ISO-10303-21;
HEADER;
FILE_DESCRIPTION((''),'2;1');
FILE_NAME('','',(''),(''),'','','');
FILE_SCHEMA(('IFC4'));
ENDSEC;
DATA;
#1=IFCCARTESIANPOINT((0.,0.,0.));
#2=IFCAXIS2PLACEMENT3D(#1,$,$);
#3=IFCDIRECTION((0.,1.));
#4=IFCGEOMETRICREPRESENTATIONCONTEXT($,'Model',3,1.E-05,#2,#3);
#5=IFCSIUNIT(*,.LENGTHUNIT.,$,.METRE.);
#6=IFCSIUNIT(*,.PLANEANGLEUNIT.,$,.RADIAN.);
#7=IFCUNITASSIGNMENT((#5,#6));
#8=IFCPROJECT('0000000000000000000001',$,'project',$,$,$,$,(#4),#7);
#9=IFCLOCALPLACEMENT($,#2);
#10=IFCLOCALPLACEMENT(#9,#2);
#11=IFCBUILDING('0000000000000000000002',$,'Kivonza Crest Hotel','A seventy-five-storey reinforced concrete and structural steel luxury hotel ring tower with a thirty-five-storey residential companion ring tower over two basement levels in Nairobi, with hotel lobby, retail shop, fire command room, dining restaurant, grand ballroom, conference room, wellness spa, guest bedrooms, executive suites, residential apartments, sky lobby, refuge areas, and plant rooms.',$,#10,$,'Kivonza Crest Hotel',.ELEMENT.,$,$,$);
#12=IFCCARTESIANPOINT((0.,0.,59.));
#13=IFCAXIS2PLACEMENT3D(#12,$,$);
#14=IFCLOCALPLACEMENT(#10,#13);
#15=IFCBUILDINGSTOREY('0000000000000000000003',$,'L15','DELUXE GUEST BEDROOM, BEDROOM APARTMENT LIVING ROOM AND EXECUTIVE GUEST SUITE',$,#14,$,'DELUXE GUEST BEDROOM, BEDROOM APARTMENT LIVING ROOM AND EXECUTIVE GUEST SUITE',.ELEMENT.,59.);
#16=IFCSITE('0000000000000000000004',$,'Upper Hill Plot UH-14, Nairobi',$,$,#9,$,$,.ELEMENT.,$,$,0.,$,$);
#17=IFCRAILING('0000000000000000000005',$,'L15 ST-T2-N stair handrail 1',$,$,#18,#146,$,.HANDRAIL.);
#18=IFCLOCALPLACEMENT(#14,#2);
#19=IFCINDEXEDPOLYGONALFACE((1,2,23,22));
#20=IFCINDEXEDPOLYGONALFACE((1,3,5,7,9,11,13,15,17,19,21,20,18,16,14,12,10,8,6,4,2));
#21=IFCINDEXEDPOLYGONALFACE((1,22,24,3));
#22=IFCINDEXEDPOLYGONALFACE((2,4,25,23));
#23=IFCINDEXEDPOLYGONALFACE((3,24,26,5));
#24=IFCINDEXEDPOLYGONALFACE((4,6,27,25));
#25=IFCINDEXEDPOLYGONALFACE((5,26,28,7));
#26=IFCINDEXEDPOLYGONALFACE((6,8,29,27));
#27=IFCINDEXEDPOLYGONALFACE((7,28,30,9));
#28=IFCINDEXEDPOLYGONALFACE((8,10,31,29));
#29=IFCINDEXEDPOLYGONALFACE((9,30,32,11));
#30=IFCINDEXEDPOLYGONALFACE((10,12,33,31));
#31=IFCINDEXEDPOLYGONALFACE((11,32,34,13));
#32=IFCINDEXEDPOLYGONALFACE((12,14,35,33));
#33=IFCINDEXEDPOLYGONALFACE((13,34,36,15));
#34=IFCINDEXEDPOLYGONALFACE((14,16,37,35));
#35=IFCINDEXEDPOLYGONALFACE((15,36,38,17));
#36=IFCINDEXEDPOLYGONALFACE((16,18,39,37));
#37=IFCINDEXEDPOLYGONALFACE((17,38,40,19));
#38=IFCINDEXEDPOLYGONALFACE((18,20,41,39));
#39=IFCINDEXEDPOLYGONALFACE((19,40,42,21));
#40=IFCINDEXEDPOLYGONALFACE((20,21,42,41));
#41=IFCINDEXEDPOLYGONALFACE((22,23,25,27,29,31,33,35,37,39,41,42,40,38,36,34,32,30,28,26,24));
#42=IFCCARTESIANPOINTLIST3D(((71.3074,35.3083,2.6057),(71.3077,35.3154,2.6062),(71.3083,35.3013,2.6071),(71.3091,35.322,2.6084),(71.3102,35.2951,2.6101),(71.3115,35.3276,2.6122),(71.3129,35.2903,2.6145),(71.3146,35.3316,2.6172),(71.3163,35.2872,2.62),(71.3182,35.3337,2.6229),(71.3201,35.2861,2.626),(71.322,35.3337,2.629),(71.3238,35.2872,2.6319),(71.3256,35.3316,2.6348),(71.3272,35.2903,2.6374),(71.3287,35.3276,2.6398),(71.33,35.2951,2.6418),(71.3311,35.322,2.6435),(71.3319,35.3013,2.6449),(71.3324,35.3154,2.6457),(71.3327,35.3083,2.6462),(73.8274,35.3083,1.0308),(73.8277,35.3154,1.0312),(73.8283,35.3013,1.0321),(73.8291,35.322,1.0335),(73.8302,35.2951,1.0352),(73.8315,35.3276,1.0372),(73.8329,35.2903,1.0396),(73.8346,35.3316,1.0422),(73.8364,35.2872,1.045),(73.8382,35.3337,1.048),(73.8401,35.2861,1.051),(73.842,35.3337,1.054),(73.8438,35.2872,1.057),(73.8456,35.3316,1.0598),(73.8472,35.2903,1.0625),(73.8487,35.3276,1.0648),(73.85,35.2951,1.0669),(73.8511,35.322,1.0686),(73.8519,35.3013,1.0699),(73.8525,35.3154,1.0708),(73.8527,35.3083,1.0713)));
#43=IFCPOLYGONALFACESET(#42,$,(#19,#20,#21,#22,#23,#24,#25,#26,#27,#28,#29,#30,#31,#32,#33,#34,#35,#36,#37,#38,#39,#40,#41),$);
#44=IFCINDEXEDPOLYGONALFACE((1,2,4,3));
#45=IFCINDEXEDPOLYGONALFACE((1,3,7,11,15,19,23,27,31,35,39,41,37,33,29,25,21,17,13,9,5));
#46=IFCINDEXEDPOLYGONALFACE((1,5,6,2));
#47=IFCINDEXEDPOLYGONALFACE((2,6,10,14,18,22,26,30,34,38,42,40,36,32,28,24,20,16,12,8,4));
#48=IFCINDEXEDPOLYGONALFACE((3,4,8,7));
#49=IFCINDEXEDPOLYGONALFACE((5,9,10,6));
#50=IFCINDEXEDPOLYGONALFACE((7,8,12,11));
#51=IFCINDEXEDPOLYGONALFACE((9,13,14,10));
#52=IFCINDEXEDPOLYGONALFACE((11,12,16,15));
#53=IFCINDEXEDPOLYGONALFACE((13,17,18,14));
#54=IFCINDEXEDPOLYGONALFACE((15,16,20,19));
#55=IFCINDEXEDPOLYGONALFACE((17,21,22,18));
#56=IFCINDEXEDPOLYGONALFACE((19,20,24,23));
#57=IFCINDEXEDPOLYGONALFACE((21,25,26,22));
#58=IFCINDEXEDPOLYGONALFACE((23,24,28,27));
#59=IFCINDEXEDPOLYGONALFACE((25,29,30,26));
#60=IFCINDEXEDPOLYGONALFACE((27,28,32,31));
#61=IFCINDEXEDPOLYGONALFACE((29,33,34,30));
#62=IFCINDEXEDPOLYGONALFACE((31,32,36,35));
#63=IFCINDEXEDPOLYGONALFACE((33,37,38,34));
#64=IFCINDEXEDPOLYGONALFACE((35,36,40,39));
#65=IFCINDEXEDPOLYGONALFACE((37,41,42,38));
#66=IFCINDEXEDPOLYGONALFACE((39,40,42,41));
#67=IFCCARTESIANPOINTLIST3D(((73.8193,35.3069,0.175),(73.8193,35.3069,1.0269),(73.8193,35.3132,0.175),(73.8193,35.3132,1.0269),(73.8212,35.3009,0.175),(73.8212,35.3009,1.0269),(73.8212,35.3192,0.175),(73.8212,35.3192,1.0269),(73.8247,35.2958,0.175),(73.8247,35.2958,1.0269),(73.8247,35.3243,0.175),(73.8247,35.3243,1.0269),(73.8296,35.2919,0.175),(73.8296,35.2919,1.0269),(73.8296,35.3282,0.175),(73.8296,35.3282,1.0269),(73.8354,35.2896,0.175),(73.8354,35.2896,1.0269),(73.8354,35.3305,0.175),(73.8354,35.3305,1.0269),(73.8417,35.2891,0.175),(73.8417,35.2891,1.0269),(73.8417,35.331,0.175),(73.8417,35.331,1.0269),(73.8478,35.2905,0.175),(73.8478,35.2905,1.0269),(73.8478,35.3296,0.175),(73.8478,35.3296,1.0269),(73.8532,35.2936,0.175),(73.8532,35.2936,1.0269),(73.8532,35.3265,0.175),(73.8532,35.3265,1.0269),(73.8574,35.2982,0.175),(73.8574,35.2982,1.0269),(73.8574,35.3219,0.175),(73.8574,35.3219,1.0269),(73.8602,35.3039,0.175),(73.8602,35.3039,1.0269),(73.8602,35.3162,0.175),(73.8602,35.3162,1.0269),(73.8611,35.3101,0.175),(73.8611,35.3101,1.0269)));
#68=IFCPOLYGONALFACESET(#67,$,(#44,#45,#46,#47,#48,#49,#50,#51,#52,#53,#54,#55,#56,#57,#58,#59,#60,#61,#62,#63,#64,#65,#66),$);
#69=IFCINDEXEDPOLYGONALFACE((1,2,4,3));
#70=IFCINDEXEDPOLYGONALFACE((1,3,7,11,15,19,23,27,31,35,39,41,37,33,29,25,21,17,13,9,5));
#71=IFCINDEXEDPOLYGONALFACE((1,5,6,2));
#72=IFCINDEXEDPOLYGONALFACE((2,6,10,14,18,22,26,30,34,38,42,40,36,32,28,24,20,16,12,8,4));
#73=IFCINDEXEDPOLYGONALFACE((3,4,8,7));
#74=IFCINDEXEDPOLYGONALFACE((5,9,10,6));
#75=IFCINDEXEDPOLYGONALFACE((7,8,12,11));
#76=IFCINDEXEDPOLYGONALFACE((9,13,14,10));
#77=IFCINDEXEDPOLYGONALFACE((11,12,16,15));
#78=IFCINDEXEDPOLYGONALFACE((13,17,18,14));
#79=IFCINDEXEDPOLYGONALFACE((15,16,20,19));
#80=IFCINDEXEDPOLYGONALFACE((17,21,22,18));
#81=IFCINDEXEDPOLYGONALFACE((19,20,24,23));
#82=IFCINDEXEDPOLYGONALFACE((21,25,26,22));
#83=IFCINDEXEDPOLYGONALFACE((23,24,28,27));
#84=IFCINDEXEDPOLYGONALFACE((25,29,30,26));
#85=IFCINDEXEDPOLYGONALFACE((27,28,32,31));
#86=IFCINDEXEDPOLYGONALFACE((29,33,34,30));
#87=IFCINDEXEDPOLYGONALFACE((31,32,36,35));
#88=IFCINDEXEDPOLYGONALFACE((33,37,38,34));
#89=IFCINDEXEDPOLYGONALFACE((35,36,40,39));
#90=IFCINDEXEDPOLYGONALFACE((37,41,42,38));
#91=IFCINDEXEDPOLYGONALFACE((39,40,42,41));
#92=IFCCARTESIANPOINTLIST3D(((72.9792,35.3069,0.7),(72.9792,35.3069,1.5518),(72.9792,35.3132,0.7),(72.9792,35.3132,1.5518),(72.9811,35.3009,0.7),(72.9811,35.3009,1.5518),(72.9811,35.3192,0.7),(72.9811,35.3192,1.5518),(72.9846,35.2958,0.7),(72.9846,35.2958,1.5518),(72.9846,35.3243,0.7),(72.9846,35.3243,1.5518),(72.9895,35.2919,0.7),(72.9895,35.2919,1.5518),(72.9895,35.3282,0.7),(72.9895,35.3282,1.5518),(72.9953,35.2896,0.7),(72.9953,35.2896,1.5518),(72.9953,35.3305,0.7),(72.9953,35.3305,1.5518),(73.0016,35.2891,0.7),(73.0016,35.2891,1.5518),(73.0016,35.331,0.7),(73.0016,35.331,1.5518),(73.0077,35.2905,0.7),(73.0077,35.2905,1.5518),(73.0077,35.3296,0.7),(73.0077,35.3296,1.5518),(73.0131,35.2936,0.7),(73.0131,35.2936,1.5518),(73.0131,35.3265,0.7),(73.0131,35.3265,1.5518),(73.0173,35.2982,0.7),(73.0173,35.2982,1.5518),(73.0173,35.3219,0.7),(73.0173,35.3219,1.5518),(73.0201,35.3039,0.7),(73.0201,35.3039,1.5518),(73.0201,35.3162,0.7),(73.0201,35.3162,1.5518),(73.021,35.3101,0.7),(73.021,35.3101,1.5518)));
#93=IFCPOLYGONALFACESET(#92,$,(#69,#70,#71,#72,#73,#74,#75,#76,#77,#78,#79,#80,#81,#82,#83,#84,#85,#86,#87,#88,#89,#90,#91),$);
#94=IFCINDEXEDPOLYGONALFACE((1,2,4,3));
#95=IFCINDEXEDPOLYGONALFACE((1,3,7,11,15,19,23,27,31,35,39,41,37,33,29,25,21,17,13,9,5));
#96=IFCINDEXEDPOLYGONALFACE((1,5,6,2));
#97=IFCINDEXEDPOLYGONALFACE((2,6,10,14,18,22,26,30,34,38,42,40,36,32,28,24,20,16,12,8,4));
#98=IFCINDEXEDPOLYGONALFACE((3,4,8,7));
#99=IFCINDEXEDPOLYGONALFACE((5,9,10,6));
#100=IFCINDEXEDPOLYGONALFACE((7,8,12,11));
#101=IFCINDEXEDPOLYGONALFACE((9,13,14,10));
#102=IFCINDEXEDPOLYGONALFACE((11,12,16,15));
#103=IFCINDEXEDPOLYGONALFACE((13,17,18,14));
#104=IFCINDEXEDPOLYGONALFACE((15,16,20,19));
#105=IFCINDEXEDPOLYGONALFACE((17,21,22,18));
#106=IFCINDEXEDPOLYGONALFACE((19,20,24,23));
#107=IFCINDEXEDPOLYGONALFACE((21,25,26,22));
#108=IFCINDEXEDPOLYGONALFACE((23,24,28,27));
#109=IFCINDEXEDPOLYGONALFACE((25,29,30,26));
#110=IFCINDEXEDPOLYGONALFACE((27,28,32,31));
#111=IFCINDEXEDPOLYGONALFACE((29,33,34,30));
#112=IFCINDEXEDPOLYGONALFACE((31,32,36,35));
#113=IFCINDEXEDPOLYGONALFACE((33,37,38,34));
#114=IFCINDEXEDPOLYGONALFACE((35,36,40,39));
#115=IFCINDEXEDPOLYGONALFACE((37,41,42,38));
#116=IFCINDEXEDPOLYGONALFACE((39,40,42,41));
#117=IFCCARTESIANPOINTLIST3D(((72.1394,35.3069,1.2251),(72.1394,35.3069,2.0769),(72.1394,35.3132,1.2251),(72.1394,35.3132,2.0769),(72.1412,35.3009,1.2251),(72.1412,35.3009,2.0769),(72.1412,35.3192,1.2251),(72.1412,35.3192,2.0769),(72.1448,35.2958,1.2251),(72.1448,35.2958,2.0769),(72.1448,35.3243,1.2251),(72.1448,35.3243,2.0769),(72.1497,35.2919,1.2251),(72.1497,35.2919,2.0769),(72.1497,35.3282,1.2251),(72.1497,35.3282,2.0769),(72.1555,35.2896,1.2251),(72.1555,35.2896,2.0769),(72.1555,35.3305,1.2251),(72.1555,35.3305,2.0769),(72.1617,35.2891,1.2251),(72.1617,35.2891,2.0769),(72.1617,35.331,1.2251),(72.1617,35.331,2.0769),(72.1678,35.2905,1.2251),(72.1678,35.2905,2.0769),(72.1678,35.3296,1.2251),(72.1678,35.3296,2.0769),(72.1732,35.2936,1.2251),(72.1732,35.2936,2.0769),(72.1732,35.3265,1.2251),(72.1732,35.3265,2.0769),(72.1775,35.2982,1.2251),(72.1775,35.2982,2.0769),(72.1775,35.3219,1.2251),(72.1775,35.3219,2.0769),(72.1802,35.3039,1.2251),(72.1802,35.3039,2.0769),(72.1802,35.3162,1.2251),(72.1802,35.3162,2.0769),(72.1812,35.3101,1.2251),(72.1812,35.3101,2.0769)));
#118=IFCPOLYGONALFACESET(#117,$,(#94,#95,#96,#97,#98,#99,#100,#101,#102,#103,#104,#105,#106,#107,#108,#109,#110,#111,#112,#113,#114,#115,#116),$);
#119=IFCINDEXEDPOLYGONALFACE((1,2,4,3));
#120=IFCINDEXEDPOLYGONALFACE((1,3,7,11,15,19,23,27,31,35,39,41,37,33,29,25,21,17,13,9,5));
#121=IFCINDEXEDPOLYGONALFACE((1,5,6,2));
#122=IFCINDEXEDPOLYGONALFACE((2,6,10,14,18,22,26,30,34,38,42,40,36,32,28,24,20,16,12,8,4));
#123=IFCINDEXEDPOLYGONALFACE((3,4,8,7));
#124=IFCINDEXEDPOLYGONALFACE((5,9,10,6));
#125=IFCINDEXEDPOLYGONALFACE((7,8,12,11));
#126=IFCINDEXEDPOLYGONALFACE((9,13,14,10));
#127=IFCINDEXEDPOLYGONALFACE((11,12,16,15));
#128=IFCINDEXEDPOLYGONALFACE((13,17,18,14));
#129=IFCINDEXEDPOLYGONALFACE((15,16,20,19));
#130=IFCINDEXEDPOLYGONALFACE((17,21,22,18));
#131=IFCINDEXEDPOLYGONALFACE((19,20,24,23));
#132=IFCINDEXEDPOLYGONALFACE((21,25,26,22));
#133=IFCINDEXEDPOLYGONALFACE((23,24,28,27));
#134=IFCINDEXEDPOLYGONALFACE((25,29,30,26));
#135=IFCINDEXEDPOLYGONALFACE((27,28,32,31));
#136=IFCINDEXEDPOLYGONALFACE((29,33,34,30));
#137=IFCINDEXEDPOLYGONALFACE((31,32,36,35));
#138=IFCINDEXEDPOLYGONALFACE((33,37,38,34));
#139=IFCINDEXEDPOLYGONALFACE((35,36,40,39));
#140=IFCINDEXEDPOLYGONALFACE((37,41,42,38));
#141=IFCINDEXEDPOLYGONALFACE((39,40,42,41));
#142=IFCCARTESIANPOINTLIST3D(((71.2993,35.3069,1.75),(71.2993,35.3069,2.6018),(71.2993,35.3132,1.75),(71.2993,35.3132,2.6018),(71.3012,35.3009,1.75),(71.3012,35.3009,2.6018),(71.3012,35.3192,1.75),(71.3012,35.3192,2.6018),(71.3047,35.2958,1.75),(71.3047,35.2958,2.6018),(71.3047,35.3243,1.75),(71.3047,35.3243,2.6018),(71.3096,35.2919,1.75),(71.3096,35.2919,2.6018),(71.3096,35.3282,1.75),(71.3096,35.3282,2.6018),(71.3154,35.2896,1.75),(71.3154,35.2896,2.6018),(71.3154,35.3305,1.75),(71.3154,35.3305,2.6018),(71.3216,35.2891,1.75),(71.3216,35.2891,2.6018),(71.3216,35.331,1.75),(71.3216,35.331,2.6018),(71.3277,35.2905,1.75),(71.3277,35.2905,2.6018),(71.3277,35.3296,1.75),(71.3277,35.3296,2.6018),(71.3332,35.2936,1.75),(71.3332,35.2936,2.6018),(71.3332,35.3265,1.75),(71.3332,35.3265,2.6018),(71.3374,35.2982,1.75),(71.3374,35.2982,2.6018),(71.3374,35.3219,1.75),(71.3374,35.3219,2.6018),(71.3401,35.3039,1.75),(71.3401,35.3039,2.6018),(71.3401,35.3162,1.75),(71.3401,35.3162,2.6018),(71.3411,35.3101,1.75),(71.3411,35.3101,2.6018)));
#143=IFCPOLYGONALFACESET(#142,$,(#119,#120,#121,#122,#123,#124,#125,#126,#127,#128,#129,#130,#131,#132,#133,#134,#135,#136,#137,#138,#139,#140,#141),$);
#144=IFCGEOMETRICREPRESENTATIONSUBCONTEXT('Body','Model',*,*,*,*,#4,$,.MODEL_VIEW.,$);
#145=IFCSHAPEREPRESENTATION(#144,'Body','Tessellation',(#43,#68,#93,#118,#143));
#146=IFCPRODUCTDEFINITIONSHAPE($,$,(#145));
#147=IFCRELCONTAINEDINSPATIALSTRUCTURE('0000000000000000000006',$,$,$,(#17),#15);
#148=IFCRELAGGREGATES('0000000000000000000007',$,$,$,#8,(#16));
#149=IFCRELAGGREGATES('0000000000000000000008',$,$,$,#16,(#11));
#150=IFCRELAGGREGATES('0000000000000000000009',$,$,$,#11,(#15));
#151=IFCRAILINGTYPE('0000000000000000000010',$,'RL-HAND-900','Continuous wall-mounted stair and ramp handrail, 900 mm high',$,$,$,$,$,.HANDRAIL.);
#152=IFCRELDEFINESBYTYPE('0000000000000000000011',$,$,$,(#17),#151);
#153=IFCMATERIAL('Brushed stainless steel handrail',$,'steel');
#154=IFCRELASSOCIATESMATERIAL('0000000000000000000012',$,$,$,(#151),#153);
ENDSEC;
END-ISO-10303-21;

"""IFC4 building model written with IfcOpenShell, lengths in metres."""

from ifc_helpers import new_model, si_unit, direction, frame, origin, origin_2d, place, context, subcontext, project, spatial, circle, extrude, material, type_object, element, save


model = new_model("IFC4")

# Units and contexts
model_context = context("Model", 3, precision=1e-05, world=origin(), true_north=direction((0.0, 1.0)))
body_context = subcontext(model_context, "Body", "Model", "MODEL_VIEW")
ifc_project = project(units=[si_unit("LENGTHUNIT", "METRE"), si_unit("PLANEANGLEUNIT", "RADIAN")], contexts=[model_context])

# Site, building, storey
site_placement = place(None, origin())
site = spatial("IfcSite", under=ifc_project, at=site_placement, Name="Upper Hill Plot UH-14, Nairobi", CompositionType="ELEMENT", RefElevation=0.0)
building_placement = place(site_placement, origin())
building = spatial("IfcBuilding", under=site, at=building_placement, Name="Kivonza Crest Hotel", Description="A seventy-five-storey reinforced concrete and structural steel luxury hotel ring tower with a thirty-five-storey residential companion ring tower over two basement levels in Nairobi, with hotel lobby, retail shop, fire command room, dining restaurant, grand ballroom, conference room, wellness spa, guest bedrooms, executive suites, residential apartments, sky lobby, refuge areas, and plant rooms.", LongName="Kivonza Crest Hotel", CompositionType="ELEMENT")
storey_placement = place(building_placement, frame((0.0, 0.0, 59.0)))
storey = spatial("IfcBuildingStorey", under=building, at=storey_placement, Name="L15", Description="DELUXE GUEST BEDROOM, BEDROOM APARTMENT LIVING ROOM AND EXECUTIVE GUEST SUITE", LongName="DELUXE GUEST BEDROOM, BEDROOM APARTMENT LIVING ROOM AND EXECUTIVE GUEST SUITE", CompositionType="ELEMENT", Elevation=59.0)

# Railing
ifc_material_1 = material(Name="Brushed stainless steel handrail", Category="steel")
railing_type_1 = type_object("IfcRailingType", Name="RL-HAND-900", Description="Continuous wall-mounted stair and ramp handrail, 900 mm high", PredefinedType="HANDRAIL", material=ifc_material_1)
railing_1_placement = place(storey_placement, frame((73.8401, 35.3101, 0.175)))
element("IfcRailing", 1, at=railing_1_placement, inside=storey, type_object=railing_type_1, Name="L15 ST-T2-N stair handrail 1", PredefinedType="HANDRAIL", context=body_context, shape_type="SweptSolid", body=[
    extrude(circle(Radius=0.0239, at=origin_2d()), frame((0.0, 0.0, 0.876), z_axis=(-0.848008, 0.0, 0.529984), x_axis=(0.0, -1.0, 0.0)), (0.0, 0.0, 1.0), 2.9717),
    extrude(circle(Radius=0.021, at=origin_2d()), origin(), (0.0, 0.0, 1.0), 0.8518),
    extrude(circle(Radius=0.021, at=origin_2d()), frame((-0.8401, 0.0, 0.5249)), (0.0, 0.0, 1.0), 0.8518),
    extrude(circle(Radius=0.021, at=origin_2d()), frame((-1.6799, 0.0, 1.05)), (0.0, 0.0, 1.0), 0.8518),
    extrude(circle(Radius=0.021, at=origin_2d()), frame((-2.52, 0.0, 1.575)), (0.0, 0.0, 1.0), 0.8518),
])

save(model, "model.ifc")
